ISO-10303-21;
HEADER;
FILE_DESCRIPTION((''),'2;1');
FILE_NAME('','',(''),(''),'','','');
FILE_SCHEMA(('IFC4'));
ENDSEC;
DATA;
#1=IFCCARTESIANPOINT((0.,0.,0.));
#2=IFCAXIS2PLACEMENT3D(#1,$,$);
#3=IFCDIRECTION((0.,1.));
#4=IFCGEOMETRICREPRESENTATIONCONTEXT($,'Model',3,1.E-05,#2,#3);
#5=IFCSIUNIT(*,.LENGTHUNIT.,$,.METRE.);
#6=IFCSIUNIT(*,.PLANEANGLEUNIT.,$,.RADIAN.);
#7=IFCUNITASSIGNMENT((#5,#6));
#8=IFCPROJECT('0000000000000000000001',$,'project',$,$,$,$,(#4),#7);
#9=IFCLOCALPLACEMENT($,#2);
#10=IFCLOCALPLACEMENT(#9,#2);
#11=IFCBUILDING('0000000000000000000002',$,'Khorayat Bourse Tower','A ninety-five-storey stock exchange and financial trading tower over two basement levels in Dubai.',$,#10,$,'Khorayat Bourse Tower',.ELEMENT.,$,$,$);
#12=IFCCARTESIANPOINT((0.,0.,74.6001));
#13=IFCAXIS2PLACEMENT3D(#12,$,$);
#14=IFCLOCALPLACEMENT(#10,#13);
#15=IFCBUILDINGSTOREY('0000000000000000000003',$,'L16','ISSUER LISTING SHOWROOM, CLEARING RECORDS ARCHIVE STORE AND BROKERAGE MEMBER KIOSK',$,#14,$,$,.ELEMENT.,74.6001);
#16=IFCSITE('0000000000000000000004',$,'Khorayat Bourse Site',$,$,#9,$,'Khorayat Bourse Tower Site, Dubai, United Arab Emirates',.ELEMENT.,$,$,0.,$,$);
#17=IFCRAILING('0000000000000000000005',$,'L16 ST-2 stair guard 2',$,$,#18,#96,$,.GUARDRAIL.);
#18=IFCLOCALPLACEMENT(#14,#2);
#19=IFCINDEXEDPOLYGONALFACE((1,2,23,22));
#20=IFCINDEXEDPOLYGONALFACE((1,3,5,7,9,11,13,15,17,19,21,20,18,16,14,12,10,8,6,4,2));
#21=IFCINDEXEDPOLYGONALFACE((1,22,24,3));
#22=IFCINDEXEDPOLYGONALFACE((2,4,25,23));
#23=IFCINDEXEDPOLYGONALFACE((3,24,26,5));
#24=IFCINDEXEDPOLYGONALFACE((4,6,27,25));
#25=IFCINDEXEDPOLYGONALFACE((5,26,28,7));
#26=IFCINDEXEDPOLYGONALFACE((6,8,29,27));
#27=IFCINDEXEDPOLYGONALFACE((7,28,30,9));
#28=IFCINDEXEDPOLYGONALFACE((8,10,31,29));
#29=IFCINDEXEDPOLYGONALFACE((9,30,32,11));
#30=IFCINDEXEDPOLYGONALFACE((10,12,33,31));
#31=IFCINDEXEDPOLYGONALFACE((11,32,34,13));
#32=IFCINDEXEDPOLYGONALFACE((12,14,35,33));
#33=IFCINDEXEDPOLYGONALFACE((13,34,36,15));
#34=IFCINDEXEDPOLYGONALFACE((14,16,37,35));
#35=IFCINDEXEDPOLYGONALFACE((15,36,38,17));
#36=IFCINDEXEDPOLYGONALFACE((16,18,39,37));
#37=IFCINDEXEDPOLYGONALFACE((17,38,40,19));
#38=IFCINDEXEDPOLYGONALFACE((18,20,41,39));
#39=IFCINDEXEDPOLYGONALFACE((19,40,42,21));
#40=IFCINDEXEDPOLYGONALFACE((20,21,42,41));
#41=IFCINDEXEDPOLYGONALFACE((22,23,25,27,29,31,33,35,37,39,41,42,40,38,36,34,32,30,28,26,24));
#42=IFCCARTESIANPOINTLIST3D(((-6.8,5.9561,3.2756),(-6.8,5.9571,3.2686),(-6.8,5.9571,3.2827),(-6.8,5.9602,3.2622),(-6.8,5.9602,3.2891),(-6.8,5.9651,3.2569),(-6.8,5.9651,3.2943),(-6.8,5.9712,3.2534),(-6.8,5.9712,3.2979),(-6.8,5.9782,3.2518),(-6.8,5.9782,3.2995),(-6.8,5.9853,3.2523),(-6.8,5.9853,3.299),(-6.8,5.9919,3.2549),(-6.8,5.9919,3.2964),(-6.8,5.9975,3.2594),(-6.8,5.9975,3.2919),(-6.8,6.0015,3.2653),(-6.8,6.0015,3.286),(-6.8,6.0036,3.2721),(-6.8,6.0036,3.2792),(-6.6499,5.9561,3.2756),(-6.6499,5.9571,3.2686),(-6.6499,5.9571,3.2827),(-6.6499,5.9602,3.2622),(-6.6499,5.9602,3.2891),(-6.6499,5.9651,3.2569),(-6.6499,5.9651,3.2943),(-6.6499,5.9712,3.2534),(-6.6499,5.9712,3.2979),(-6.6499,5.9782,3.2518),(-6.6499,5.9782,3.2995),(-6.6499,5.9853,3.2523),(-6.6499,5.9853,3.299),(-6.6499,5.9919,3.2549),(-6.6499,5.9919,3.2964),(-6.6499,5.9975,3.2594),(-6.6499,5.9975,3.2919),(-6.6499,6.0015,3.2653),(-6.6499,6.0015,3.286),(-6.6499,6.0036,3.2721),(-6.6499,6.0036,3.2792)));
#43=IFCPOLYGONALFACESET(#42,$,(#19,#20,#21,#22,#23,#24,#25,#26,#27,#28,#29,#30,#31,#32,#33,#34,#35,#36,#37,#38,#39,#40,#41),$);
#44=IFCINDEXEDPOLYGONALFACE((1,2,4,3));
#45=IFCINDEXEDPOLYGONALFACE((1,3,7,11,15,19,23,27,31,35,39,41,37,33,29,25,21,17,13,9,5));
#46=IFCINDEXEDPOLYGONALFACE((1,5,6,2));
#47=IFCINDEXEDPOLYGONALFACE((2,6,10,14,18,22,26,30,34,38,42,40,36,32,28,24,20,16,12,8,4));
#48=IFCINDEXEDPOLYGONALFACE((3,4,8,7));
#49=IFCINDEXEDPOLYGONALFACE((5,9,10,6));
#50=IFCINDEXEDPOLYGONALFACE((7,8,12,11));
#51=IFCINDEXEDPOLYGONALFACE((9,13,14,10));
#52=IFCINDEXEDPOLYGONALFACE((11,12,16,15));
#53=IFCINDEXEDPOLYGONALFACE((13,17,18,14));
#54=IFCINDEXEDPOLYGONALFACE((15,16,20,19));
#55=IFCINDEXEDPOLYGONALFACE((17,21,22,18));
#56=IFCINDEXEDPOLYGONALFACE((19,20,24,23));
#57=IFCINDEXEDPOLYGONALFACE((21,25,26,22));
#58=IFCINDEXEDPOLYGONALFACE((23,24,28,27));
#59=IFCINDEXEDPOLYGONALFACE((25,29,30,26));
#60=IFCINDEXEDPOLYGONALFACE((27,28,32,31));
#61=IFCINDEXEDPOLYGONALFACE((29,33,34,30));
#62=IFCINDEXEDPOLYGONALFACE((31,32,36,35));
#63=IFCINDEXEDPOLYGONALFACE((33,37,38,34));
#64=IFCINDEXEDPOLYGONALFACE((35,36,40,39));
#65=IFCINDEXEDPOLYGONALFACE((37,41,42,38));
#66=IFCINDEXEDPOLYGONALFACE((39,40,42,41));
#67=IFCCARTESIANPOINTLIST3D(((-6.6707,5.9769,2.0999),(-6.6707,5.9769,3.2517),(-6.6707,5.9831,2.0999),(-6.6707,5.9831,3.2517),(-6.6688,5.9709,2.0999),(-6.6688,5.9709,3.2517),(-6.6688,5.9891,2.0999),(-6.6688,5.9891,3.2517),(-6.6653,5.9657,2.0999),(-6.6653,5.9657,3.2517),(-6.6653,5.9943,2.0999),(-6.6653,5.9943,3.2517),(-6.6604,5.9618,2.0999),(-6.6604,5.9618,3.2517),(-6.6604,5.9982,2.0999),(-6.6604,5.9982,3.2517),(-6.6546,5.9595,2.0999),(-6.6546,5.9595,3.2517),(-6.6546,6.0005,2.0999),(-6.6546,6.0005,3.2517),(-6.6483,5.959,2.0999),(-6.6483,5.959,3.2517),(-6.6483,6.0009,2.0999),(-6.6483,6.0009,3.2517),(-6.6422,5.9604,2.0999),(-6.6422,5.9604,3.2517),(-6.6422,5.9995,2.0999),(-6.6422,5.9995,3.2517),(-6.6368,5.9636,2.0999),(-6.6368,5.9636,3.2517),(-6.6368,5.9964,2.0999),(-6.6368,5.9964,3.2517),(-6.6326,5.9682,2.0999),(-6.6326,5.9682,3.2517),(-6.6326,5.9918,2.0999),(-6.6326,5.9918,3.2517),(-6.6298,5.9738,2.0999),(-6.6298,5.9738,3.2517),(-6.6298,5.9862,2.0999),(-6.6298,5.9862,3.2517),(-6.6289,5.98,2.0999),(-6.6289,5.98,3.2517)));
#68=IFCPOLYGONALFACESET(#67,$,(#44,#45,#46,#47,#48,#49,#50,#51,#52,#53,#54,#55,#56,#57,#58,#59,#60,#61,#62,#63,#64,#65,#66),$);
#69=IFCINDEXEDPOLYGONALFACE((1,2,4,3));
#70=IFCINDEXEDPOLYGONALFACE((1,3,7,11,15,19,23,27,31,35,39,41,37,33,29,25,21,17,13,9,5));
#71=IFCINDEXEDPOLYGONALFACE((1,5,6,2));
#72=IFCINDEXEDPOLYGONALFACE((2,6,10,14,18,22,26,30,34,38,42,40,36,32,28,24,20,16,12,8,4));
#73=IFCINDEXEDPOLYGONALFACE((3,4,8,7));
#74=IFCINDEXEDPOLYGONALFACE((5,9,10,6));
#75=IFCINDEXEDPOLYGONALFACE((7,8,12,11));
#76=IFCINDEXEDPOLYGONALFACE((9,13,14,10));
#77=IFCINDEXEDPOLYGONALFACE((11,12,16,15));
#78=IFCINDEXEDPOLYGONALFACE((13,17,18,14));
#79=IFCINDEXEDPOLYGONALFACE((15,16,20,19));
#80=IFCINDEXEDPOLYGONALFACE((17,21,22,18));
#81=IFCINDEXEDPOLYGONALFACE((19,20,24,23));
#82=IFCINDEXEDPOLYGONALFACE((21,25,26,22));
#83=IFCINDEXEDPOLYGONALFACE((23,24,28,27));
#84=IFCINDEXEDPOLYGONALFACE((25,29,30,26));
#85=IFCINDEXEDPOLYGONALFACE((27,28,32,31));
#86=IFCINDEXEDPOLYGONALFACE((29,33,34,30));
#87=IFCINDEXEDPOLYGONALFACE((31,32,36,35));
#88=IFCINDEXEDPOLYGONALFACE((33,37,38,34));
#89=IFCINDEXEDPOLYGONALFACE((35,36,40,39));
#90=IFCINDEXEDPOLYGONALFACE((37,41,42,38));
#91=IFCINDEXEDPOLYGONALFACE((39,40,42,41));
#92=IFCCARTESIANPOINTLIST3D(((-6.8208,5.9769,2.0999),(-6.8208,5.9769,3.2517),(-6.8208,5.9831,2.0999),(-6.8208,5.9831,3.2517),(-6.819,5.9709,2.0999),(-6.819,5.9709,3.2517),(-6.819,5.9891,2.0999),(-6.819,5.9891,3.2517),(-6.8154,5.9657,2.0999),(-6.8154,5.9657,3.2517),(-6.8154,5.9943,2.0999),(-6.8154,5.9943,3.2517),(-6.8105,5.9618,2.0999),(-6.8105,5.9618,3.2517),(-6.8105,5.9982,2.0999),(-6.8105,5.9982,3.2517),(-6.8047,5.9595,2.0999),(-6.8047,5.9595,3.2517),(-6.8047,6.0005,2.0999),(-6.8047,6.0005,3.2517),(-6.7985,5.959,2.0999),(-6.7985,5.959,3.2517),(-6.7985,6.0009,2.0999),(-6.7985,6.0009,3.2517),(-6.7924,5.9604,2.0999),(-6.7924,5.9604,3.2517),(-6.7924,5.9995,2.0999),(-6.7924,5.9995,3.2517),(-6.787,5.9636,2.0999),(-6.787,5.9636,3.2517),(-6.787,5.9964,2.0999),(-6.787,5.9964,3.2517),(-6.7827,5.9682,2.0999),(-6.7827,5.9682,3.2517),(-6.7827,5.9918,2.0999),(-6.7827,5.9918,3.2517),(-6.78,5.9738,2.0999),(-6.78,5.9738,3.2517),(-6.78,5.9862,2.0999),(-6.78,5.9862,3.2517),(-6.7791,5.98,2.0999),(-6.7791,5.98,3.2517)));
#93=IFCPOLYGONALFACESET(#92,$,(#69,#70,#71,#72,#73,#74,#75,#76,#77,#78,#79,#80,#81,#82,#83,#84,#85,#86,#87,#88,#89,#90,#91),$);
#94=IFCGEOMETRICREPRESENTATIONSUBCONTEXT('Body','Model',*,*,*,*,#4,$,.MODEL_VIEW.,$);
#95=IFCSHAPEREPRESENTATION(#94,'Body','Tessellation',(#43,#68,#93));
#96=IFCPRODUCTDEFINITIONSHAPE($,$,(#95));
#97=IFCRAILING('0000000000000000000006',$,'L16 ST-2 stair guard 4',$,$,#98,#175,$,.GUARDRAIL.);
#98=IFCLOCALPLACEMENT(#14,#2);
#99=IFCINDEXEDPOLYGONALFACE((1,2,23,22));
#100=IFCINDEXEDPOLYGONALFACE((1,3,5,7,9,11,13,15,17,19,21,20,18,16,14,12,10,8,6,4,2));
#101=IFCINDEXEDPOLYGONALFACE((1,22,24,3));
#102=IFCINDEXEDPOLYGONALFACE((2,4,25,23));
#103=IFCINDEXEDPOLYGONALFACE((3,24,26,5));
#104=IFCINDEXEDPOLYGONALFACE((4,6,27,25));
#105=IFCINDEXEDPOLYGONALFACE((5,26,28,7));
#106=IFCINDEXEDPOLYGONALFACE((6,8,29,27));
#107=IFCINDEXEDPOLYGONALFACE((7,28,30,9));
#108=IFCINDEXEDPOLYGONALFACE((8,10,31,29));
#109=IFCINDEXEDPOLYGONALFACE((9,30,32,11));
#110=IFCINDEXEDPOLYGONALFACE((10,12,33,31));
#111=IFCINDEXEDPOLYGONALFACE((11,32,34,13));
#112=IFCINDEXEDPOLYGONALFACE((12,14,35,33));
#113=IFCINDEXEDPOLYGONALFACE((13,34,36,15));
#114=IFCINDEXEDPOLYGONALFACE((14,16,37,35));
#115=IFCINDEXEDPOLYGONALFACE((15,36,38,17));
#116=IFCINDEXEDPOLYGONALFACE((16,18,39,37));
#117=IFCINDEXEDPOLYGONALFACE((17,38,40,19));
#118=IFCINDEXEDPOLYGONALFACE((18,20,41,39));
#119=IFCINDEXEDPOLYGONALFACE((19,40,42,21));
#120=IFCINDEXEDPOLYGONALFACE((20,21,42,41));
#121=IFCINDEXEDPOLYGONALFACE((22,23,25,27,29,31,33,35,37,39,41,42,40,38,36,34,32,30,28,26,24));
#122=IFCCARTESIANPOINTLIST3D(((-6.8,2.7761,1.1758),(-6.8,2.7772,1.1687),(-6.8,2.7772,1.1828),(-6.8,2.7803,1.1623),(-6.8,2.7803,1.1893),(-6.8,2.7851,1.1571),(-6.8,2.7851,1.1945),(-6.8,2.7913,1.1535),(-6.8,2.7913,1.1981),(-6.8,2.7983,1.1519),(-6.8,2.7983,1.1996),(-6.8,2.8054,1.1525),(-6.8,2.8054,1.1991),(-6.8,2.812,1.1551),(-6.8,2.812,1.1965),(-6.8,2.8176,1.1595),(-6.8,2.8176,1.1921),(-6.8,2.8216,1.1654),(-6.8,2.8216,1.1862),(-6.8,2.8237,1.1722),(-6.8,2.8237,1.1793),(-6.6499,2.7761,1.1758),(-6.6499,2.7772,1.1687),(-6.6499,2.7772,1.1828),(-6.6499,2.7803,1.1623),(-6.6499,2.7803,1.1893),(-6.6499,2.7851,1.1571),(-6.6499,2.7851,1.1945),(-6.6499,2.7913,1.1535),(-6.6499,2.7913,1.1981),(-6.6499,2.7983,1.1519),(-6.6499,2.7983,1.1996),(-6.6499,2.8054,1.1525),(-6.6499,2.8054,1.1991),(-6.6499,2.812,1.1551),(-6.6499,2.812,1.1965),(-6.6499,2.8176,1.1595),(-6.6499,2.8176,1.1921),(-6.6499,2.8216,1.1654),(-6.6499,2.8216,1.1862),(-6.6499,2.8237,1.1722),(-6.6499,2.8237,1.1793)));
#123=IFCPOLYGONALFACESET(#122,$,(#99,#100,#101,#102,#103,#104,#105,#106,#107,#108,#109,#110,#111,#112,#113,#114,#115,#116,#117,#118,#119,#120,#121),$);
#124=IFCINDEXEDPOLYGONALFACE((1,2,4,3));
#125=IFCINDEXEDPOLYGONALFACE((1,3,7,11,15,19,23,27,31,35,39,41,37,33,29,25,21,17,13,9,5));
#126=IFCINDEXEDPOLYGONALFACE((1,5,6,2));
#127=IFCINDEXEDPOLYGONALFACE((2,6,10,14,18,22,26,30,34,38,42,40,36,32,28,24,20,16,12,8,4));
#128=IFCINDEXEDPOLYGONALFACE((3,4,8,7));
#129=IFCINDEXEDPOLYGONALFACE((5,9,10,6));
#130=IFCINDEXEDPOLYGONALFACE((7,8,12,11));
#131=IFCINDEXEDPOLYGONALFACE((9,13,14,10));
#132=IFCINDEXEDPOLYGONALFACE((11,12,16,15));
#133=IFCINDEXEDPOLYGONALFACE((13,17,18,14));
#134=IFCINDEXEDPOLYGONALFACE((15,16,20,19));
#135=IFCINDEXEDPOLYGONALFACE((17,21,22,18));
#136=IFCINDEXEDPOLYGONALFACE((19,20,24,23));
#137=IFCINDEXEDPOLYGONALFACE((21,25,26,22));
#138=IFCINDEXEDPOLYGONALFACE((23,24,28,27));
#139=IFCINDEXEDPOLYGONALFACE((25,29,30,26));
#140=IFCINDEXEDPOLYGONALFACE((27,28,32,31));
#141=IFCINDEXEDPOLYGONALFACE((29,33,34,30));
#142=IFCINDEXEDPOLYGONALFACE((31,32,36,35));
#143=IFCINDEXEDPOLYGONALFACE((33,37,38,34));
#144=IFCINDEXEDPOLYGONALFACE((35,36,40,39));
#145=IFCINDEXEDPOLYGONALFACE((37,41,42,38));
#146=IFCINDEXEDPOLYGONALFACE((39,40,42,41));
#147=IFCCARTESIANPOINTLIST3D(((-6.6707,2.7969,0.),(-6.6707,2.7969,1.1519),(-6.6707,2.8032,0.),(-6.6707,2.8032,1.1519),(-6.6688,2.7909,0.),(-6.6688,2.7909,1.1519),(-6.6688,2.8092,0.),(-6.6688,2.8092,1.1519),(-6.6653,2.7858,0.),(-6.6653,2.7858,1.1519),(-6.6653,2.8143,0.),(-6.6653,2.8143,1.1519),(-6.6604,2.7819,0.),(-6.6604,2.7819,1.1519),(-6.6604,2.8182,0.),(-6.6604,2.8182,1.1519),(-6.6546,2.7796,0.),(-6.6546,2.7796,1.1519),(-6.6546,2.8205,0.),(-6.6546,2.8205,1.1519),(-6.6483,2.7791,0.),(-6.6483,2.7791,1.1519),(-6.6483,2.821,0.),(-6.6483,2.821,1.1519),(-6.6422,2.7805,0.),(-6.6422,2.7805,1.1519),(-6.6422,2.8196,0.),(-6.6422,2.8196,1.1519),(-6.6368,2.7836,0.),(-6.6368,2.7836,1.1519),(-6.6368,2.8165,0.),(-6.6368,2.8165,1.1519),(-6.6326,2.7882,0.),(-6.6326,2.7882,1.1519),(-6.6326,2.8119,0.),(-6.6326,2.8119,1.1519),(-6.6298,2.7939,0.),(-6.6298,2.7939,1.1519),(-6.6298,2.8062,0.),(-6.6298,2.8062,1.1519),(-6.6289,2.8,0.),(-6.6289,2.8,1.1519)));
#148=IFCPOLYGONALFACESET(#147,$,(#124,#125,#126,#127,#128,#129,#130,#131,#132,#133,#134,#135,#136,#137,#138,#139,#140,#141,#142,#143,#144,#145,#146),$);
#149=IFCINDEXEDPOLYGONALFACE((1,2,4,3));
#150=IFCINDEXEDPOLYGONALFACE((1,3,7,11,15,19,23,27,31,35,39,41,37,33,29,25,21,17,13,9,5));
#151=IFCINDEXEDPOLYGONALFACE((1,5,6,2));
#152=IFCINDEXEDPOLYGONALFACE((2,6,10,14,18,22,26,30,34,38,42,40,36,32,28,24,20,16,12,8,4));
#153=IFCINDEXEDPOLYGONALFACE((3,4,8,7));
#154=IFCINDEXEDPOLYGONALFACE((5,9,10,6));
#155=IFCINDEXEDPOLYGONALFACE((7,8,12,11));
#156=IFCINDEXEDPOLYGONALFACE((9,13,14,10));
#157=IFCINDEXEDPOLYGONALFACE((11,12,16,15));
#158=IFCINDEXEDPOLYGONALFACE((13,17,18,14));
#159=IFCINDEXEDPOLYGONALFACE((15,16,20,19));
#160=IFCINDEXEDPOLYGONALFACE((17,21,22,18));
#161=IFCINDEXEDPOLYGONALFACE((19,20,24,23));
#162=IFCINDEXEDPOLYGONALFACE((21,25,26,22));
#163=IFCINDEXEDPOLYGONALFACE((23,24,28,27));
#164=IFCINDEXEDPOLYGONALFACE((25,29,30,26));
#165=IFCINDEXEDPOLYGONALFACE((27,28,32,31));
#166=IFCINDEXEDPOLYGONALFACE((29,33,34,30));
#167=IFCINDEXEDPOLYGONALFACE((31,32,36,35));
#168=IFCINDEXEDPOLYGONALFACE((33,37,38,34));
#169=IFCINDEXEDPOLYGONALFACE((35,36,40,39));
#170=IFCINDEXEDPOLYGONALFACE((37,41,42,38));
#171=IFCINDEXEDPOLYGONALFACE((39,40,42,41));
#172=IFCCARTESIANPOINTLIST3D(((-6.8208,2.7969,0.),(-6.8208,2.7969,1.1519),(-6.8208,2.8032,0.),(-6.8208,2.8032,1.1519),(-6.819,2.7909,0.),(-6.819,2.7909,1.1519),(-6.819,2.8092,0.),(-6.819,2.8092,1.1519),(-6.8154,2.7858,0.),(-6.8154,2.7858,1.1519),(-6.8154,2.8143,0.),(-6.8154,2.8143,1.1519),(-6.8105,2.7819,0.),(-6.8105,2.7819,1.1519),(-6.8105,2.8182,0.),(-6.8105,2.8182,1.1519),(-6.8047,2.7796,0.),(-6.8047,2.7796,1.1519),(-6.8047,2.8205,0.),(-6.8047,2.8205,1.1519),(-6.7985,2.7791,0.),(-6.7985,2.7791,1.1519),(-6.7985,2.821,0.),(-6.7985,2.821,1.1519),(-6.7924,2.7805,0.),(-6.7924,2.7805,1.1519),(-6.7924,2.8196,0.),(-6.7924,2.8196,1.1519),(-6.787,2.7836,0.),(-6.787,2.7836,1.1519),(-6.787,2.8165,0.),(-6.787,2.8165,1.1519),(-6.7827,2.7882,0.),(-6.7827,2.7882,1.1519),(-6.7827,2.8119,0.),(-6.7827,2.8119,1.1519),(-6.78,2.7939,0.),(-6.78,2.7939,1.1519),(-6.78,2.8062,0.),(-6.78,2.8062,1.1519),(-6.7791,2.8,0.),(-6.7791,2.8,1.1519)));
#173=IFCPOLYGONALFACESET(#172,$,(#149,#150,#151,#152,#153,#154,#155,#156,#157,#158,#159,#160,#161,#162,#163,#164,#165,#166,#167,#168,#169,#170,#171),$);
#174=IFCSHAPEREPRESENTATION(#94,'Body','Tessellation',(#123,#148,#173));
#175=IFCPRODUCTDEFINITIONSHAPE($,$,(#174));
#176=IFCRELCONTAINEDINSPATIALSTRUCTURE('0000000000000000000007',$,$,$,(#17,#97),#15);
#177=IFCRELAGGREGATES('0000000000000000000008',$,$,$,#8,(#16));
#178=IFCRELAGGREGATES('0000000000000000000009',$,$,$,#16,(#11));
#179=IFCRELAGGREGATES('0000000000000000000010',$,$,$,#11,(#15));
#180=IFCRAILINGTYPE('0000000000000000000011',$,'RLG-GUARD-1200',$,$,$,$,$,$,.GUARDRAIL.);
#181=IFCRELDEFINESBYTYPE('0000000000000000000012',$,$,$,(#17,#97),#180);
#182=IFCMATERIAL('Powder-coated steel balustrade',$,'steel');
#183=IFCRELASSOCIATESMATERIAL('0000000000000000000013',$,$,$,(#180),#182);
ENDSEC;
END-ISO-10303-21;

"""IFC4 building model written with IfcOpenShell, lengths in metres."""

from ifc_helpers import new_model, si_unit, direction, frame, origin, origin_2d, place, context, subcontext, project, spatial, circle, extrude, source, transform, mapped, material, type_object, element, save


model = new_model("IFC4")

# Units and contexts
model_context = context("Model", 3, precision=1e-05, world=origin(), true_north=direction((0.0, 1.0)))
body_context = subcontext(model_context, "Body", "Model", "MODEL_VIEW")
ifc_project = project(units=[si_unit("LENGTHUNIT", "METRE"), si_unit("PLANEANGLEUNIT", "RADIAN")], contexts=[model_context])

# Site, building, storey
site_placement = place(None, origin())
site = spatial("IfcSite", under=ifc_project, at=site_placement, Name="Khorayat Bourse Site", LongName="Khorayat Bourse Tower Site, Dubai, United Arab Emirates", CompositionType="ELEMENT", RefElevation=0.0)
building_placement = place(site_placement, origin())
building = spatial("IfcBuilding", under=site, at=building_placement, Name="Khorayat Bourse Tower", Description="A ninety-five-storey stock exchange and financial trading tower over two basement levels in Dubai.", LongName="Khorayat Bourse Tower", CompositionType="ELEMENT")
storey_placement = place(building_placement, frame((0.0, 0.0, 74.6001)))
storey = spatial("IfcBuildingStorey", under=building, at=storey_placement, Name="L16", Description="ISSUER LISTING SHOWROOM, CLEARING RECORDS ARCHIVE STORE AND BROKERAGE MEMBER KIOSK", CompositionType="ELEMENT", Elevation=74.6001)

# Railings
ifc_material_1 = material(Name="Powder-coated steel balustrade", Category="steel")
railing_type_1 = type_object("IfcRailingType", Name="RLG-GUARD-1200", PredefinedType="GUARDRAIL", material=ifc_material_1)
shared_shape_1 = source(origin(), body_context, "Body", "SweptSolid", [
    extrude(circle(Radius=0.0239, at=origin_2d()), frame((0.0, 0.0, 1.1758), z_axis=(-1.0, 0.0, 0.0), x_axis=(0.0, -1.0, 0.0)), (0.0, 0.0, 1.0), 0.1501),
    extrude(circle(Radius=0.021, at=origin_2d()), origin(), (0.0, 0.0, 1.0), 1.1519),
    extrude(circle(Radius=0.021, at=origin_2d()), frame((-0.1501, 0.0, 0.0)), (0.0, 0.0, 1.0), 1.1519),
])
for number, where, name in (
    (1, (-6.6499, 5.98, 2.0999), "L16 ST-2 stair guard 2"),
    (2, (-6.6499, 2.8, 0.0), "L16 ST-2 stair guard 4"),
):
    element("IfcRailing", number, at=place(storey_placement, frame(where)), inside=storey, type_object=railing_type_1, Name=name, PredefinedType="GUARDRAIL", context=body_context, shape_type="MappedRepresentation", body=[
        mapped(shared_shape_1, transform((0.0, 0.0, 0.0), scale=1.0)),
    ])

save(model, "model.ifc")
